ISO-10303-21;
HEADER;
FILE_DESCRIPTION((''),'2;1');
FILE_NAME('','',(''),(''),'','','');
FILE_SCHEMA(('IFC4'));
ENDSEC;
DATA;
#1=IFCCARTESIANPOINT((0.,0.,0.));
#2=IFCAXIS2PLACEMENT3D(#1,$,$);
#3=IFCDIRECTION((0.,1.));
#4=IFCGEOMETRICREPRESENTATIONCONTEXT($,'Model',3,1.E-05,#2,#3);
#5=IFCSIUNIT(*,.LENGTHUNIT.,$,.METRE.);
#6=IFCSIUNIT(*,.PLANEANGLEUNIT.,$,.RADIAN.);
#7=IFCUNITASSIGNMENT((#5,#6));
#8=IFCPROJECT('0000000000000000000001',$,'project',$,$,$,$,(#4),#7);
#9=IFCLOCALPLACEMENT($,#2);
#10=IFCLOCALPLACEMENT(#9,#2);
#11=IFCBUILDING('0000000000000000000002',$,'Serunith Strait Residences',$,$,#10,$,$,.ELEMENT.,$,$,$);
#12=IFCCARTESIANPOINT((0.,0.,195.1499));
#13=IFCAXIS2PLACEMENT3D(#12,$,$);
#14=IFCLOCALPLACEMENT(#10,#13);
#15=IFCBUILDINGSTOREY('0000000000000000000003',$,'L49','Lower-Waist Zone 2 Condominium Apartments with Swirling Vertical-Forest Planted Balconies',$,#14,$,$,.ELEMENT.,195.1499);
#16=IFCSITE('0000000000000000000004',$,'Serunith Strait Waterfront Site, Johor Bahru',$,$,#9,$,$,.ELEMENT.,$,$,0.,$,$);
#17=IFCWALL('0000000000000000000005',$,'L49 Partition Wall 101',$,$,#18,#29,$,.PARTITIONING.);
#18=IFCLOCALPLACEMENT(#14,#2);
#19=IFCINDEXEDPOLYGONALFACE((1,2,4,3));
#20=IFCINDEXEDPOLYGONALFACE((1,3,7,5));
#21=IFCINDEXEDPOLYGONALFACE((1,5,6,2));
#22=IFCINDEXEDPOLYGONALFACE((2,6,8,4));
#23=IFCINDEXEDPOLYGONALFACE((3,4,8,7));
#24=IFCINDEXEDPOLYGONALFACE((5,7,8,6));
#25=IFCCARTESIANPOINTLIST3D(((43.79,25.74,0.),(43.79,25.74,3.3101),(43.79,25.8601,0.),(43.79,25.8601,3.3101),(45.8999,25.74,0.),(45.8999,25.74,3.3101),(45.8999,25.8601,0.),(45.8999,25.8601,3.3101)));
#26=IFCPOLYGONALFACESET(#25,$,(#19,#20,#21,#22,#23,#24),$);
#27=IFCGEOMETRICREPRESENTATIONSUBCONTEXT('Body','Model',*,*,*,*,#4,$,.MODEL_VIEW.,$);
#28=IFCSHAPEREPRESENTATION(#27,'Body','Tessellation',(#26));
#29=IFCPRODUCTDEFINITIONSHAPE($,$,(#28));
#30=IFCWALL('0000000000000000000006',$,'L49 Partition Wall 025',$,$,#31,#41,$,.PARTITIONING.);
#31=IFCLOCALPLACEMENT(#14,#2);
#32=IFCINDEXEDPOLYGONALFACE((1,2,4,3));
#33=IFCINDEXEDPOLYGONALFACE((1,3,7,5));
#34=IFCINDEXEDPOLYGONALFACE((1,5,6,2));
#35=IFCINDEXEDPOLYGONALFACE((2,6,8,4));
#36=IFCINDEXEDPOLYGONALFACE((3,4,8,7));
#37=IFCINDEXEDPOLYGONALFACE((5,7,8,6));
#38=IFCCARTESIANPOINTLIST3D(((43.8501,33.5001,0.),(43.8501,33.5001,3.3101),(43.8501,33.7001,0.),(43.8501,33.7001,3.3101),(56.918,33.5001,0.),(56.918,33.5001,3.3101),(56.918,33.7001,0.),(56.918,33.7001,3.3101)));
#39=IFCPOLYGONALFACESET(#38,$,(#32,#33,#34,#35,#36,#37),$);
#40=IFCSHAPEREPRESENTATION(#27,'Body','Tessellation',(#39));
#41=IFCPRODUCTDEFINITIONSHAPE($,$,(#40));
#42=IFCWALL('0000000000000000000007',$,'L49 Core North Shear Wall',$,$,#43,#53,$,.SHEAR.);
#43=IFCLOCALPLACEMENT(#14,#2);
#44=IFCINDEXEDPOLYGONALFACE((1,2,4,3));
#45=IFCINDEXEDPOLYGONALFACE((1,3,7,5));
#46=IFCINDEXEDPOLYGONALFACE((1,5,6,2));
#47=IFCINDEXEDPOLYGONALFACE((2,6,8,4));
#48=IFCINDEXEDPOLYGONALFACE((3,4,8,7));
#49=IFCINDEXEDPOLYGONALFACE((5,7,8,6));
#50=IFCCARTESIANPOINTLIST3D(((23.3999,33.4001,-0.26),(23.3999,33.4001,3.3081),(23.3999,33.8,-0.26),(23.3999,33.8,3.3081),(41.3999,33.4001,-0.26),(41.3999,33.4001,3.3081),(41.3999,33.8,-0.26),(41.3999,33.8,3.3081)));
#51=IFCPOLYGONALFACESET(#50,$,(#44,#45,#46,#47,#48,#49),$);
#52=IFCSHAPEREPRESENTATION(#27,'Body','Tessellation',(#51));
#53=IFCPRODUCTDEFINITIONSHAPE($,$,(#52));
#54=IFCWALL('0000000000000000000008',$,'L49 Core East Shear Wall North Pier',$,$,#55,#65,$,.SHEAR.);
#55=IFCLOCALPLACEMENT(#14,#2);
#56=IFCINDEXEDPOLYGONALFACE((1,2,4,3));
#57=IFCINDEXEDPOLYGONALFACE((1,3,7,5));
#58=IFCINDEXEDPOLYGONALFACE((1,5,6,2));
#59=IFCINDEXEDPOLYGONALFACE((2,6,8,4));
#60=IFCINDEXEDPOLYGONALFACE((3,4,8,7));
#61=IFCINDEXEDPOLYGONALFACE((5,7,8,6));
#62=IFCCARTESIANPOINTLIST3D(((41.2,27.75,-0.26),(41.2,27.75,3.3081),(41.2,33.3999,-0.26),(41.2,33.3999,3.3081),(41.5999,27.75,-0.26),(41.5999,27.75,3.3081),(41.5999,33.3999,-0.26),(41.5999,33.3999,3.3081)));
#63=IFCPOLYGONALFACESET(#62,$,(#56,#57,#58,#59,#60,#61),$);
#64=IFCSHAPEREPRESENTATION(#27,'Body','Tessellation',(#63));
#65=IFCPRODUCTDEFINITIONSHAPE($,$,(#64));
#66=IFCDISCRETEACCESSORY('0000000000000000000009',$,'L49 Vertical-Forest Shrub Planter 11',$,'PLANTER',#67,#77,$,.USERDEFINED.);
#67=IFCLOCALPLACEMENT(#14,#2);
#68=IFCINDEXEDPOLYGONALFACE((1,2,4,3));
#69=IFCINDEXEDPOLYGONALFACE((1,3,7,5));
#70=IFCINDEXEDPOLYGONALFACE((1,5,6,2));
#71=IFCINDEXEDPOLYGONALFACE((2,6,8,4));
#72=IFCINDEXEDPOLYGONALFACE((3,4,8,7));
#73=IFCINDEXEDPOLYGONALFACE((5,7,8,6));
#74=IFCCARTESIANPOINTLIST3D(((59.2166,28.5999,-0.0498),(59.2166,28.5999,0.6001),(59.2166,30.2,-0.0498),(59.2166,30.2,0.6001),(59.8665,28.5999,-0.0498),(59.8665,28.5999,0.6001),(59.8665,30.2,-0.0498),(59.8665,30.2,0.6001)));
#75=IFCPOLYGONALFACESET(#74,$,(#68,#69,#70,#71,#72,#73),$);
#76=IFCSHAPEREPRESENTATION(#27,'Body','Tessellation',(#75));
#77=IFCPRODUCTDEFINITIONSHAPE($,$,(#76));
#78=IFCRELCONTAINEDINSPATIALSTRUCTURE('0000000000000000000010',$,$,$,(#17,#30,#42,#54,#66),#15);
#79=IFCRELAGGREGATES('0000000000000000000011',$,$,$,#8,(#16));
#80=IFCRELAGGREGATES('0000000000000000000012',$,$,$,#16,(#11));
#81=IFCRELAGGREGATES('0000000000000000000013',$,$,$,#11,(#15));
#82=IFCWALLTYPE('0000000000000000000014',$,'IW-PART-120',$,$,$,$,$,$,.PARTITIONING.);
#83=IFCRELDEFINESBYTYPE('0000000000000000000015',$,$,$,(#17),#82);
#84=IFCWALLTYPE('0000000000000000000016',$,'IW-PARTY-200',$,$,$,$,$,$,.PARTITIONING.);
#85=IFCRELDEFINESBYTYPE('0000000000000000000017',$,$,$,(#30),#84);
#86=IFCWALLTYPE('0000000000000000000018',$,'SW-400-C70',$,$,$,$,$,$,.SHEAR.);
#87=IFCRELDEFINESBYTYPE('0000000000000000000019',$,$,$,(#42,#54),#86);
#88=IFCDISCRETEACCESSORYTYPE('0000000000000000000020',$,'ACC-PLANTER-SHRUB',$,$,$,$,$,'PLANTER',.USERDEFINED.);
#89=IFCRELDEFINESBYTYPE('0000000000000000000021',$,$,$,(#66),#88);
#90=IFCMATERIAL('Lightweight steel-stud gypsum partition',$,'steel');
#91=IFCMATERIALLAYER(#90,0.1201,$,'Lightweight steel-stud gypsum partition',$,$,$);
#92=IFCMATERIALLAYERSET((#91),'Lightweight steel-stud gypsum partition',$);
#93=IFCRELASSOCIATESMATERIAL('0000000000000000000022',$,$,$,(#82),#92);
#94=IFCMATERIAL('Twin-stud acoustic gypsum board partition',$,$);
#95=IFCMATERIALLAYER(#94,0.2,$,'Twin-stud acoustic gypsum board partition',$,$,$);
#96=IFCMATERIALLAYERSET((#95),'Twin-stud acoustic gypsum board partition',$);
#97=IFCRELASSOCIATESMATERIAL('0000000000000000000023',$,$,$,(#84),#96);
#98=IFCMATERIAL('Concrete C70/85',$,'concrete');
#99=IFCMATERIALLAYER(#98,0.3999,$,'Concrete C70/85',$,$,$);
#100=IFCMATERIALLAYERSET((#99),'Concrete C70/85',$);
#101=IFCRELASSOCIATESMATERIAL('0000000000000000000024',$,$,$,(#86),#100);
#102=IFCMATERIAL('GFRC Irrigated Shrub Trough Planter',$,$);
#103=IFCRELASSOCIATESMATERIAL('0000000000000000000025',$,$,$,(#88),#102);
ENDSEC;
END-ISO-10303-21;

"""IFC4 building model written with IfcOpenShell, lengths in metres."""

from ifc_helpers import new_model, si_unit, direction, frame, frame_2d, origin, origin_2d, place, context, subcontext, project, spatial, rectangle, extrude, source, transform, mapped, material, layer, layer_set, type_object, element, save


model = new_model("IFC4")

# Units and contexts
model_context = context("Model", 3, precision=1e-05, world=origin(), true_north=direction((0.0, 1.0)))
body_context = subcontext(model_context, "Body", "Model", "MODEL_VIEW")
ifc_project = project(units=[si_unit("LENGTHUNIT", "METRE"), si_unit("PLANEANGLEUNIT", "RADIAN")], contexts=[model_context])

# Site, building, storey
site_placement = place(None, origin())
site = spatial("IfcSite", under=ifc_project, at=site_placement, Name="Serunith Strait Waterfront Site, Johor Bahru", CompositionType="ELEMENT", RefElevation=0.0)
building_placement = place(site_placement, origin())
building = spatial("IfcBuilding", under=site, at=building_placement, Name="Serunith Strait Residences", CompositionType="ELEMENT")
storey_placement = place(building_placement, frame((0.0, 0.0, 195.1499)))
storey = spatial("IfcBuildingStorey", under=building, at=storey_placement, Name="L49", Description="Lower-Waist Zone 2 Condominium Apartments with Swirling Vertical-Forest Planted Balconies", CompositionType="ELEMENT", Elevation=195.1499)

# Shared definitions
ifc_material_1 = material(Name="Lightweight steel-stud gypsum partition", Category="steel")
ifc_layer_1 = layer(ifc_material_1, 0.1201, Name="Lightweight steel-stud gypsum partition")
ifc_layer_set_1 = layer_set([ifc_layer_1], Name="Lightweight steel-stud gypsum partition")
wall_type_1 = type_object("IfcWallType", Name="IW-PART-120", PredefinedType="PARTITIONING", material=ifc_layer_set_1)

# Walls
wall_1_placement = place(storey_placement, frame((45.8999, 25.8, 0.0), z_axis=(0.0, 0.0, 1.0), x_axis=(-1.0, 0.0, 0.0)))
element("IfcWall", 1, at=wall_1_placement, inside=storey, type_object=wall_type_1, Name="L49 Partition Wall 101", PredefinedType="PARTITIONING", context=body_context, shape_type="SweptSolid", body=[
    extrude(rectangle(XDim=2.1099, YDim=0.1201, at=frame_2d((1.0549, 0.0))), origin(), (0.0, 0.0, 1.0), 3.3101),
])
ifc_material_2 = material(Name="Twin-stud acoustic gypsum board partition")
ifc_layer_2 = layer(ifc_material_2, 0.2, Name="Twin-stud acoustic gypsum board partition")
ifc_layer_set_2 = layer_set([ifc_layer_2], Name="Twin-stud acoustic gypsum board partition")
wall_type_2 = type_object("IfcWallType", Name="IW-PARTY-200", PredefinedType="PARTITIONING", material=ifc_layer_set_2)
wall_2_placement = place(storey_placement, frame((43.8501, 33.6001, 0.0), z_axis=(0.0, 0.0, 1.0), x_axis=(1.0, 0.0, 0.0)))
element("IfcWall", 2, at=wall_2_placement, inside=storey, type_object=wall_type_2, Name="L49 Partition Wall 025", PredefinedType="PARTITIONING", context=body_context, shape_type="SweptSolid", body=[
    extrude(rectangle(XDim=13.0679, YDim=0.2, at=frame_2d((6.5339, 0.0))), origin(), (0.0, 0.0, 1.0), 3.3101),
])

# Walls
ifc_material_3 = material(Name="Concrete C70/85", Category="concrete")
ifc_layer_3 = layer(ifc_material_3, 0.3999, Name="Concrete C70/85")
ifc_layer_set_3 = layer_set([ifc_layer_3], Name="Concrete C70/85")
wall_type_3 = type_object("IfcWallType", Name="SW-400-C70", PredefinedType="SHEAR", material=ifc_layer_set_3)
wall_3_placement = place(storey_placement, frame((41.3999, 33.6001, -0.26), z_axis=(0.0, 0.0, 1.0), x_axis=(-1.0, 0.0, 0.0)))
element("IfcWall", 3, at=wall_3_placement, inside=storey, type_object=wall_type_3, Name="L49 Core North Shear Wall", PredefinedType="SHEAR", context=body_context, shape_type="SweptSolid", body=[
    extrude(rectangle(XDim=18.0, YDim=0.3999, at=frame_2d((9.0, 0.0))), origin(), (0.0, 0.0, 1.0), 3.5681),
])
wall_4_placement = place(storey_placement, frame((41.3999, 27.75, -0.26), z_axis=(0.0, 0.0, 1.0), x_axis=(0.0, 1.0, 0.0)))
element("IfcWall", 4, at=wall_4_placement, inside=storey, type_object=wall_type_3, Name="L49 Core East Shear Wall North Pier", PredefinedType="SHEAR", context=body_context, shape_type="SweptSolid", body=[
    extrude(rectangle(XDim=5.6499, YDim=0.3999, at=frame_2d((2.825, 0.0))), origin(), (0.0, 0.0, 1.0), 3.5681),
])

# Discrete accessory
ifc_material_4 = material(Name="GFRC Irrigated Shrub Trough Planter")
discrete_accessory_type = type_object("IfcDiscreteAccessoryType", Name="ACC-PLANTER-SHRUB", ElementType="PLANTER", PredefinedType="USERDEFINED", material=ifc_material_4)
shared_shape_1 = source(origin(), body_context, "Body", "SweptSolid", [
    extrude(rectangle(XDim=1.6001, YDim=0.6499, at=origin_2d()), origin(), (0.0, 0.0, 1.0), 0.6499),
])
discrete_accessory_placement = place(storey_placement, frame((59.5415, 29.3999, -0.0498), z_axis=(0.0, 0.0, 1.0), x_axis=(0.0, 1.0, 0.0)))
element("IfcDiscreteAccessory", 5, at=discrete_accessory_placement, inside=storey, type_object=discrete_accessory_type, Name="L49 Vertical-Forest Shrub Planter 11", ObjectType="PLANTER", PredefinedType="USERDEFINED", context=body_context, shape_type="MappedRepresentation", body=[
    mapped(shared_shape_1, transform((0.0, 0.0, 0.0), scale=1.0)),
])

save(model, "model.ifc")
